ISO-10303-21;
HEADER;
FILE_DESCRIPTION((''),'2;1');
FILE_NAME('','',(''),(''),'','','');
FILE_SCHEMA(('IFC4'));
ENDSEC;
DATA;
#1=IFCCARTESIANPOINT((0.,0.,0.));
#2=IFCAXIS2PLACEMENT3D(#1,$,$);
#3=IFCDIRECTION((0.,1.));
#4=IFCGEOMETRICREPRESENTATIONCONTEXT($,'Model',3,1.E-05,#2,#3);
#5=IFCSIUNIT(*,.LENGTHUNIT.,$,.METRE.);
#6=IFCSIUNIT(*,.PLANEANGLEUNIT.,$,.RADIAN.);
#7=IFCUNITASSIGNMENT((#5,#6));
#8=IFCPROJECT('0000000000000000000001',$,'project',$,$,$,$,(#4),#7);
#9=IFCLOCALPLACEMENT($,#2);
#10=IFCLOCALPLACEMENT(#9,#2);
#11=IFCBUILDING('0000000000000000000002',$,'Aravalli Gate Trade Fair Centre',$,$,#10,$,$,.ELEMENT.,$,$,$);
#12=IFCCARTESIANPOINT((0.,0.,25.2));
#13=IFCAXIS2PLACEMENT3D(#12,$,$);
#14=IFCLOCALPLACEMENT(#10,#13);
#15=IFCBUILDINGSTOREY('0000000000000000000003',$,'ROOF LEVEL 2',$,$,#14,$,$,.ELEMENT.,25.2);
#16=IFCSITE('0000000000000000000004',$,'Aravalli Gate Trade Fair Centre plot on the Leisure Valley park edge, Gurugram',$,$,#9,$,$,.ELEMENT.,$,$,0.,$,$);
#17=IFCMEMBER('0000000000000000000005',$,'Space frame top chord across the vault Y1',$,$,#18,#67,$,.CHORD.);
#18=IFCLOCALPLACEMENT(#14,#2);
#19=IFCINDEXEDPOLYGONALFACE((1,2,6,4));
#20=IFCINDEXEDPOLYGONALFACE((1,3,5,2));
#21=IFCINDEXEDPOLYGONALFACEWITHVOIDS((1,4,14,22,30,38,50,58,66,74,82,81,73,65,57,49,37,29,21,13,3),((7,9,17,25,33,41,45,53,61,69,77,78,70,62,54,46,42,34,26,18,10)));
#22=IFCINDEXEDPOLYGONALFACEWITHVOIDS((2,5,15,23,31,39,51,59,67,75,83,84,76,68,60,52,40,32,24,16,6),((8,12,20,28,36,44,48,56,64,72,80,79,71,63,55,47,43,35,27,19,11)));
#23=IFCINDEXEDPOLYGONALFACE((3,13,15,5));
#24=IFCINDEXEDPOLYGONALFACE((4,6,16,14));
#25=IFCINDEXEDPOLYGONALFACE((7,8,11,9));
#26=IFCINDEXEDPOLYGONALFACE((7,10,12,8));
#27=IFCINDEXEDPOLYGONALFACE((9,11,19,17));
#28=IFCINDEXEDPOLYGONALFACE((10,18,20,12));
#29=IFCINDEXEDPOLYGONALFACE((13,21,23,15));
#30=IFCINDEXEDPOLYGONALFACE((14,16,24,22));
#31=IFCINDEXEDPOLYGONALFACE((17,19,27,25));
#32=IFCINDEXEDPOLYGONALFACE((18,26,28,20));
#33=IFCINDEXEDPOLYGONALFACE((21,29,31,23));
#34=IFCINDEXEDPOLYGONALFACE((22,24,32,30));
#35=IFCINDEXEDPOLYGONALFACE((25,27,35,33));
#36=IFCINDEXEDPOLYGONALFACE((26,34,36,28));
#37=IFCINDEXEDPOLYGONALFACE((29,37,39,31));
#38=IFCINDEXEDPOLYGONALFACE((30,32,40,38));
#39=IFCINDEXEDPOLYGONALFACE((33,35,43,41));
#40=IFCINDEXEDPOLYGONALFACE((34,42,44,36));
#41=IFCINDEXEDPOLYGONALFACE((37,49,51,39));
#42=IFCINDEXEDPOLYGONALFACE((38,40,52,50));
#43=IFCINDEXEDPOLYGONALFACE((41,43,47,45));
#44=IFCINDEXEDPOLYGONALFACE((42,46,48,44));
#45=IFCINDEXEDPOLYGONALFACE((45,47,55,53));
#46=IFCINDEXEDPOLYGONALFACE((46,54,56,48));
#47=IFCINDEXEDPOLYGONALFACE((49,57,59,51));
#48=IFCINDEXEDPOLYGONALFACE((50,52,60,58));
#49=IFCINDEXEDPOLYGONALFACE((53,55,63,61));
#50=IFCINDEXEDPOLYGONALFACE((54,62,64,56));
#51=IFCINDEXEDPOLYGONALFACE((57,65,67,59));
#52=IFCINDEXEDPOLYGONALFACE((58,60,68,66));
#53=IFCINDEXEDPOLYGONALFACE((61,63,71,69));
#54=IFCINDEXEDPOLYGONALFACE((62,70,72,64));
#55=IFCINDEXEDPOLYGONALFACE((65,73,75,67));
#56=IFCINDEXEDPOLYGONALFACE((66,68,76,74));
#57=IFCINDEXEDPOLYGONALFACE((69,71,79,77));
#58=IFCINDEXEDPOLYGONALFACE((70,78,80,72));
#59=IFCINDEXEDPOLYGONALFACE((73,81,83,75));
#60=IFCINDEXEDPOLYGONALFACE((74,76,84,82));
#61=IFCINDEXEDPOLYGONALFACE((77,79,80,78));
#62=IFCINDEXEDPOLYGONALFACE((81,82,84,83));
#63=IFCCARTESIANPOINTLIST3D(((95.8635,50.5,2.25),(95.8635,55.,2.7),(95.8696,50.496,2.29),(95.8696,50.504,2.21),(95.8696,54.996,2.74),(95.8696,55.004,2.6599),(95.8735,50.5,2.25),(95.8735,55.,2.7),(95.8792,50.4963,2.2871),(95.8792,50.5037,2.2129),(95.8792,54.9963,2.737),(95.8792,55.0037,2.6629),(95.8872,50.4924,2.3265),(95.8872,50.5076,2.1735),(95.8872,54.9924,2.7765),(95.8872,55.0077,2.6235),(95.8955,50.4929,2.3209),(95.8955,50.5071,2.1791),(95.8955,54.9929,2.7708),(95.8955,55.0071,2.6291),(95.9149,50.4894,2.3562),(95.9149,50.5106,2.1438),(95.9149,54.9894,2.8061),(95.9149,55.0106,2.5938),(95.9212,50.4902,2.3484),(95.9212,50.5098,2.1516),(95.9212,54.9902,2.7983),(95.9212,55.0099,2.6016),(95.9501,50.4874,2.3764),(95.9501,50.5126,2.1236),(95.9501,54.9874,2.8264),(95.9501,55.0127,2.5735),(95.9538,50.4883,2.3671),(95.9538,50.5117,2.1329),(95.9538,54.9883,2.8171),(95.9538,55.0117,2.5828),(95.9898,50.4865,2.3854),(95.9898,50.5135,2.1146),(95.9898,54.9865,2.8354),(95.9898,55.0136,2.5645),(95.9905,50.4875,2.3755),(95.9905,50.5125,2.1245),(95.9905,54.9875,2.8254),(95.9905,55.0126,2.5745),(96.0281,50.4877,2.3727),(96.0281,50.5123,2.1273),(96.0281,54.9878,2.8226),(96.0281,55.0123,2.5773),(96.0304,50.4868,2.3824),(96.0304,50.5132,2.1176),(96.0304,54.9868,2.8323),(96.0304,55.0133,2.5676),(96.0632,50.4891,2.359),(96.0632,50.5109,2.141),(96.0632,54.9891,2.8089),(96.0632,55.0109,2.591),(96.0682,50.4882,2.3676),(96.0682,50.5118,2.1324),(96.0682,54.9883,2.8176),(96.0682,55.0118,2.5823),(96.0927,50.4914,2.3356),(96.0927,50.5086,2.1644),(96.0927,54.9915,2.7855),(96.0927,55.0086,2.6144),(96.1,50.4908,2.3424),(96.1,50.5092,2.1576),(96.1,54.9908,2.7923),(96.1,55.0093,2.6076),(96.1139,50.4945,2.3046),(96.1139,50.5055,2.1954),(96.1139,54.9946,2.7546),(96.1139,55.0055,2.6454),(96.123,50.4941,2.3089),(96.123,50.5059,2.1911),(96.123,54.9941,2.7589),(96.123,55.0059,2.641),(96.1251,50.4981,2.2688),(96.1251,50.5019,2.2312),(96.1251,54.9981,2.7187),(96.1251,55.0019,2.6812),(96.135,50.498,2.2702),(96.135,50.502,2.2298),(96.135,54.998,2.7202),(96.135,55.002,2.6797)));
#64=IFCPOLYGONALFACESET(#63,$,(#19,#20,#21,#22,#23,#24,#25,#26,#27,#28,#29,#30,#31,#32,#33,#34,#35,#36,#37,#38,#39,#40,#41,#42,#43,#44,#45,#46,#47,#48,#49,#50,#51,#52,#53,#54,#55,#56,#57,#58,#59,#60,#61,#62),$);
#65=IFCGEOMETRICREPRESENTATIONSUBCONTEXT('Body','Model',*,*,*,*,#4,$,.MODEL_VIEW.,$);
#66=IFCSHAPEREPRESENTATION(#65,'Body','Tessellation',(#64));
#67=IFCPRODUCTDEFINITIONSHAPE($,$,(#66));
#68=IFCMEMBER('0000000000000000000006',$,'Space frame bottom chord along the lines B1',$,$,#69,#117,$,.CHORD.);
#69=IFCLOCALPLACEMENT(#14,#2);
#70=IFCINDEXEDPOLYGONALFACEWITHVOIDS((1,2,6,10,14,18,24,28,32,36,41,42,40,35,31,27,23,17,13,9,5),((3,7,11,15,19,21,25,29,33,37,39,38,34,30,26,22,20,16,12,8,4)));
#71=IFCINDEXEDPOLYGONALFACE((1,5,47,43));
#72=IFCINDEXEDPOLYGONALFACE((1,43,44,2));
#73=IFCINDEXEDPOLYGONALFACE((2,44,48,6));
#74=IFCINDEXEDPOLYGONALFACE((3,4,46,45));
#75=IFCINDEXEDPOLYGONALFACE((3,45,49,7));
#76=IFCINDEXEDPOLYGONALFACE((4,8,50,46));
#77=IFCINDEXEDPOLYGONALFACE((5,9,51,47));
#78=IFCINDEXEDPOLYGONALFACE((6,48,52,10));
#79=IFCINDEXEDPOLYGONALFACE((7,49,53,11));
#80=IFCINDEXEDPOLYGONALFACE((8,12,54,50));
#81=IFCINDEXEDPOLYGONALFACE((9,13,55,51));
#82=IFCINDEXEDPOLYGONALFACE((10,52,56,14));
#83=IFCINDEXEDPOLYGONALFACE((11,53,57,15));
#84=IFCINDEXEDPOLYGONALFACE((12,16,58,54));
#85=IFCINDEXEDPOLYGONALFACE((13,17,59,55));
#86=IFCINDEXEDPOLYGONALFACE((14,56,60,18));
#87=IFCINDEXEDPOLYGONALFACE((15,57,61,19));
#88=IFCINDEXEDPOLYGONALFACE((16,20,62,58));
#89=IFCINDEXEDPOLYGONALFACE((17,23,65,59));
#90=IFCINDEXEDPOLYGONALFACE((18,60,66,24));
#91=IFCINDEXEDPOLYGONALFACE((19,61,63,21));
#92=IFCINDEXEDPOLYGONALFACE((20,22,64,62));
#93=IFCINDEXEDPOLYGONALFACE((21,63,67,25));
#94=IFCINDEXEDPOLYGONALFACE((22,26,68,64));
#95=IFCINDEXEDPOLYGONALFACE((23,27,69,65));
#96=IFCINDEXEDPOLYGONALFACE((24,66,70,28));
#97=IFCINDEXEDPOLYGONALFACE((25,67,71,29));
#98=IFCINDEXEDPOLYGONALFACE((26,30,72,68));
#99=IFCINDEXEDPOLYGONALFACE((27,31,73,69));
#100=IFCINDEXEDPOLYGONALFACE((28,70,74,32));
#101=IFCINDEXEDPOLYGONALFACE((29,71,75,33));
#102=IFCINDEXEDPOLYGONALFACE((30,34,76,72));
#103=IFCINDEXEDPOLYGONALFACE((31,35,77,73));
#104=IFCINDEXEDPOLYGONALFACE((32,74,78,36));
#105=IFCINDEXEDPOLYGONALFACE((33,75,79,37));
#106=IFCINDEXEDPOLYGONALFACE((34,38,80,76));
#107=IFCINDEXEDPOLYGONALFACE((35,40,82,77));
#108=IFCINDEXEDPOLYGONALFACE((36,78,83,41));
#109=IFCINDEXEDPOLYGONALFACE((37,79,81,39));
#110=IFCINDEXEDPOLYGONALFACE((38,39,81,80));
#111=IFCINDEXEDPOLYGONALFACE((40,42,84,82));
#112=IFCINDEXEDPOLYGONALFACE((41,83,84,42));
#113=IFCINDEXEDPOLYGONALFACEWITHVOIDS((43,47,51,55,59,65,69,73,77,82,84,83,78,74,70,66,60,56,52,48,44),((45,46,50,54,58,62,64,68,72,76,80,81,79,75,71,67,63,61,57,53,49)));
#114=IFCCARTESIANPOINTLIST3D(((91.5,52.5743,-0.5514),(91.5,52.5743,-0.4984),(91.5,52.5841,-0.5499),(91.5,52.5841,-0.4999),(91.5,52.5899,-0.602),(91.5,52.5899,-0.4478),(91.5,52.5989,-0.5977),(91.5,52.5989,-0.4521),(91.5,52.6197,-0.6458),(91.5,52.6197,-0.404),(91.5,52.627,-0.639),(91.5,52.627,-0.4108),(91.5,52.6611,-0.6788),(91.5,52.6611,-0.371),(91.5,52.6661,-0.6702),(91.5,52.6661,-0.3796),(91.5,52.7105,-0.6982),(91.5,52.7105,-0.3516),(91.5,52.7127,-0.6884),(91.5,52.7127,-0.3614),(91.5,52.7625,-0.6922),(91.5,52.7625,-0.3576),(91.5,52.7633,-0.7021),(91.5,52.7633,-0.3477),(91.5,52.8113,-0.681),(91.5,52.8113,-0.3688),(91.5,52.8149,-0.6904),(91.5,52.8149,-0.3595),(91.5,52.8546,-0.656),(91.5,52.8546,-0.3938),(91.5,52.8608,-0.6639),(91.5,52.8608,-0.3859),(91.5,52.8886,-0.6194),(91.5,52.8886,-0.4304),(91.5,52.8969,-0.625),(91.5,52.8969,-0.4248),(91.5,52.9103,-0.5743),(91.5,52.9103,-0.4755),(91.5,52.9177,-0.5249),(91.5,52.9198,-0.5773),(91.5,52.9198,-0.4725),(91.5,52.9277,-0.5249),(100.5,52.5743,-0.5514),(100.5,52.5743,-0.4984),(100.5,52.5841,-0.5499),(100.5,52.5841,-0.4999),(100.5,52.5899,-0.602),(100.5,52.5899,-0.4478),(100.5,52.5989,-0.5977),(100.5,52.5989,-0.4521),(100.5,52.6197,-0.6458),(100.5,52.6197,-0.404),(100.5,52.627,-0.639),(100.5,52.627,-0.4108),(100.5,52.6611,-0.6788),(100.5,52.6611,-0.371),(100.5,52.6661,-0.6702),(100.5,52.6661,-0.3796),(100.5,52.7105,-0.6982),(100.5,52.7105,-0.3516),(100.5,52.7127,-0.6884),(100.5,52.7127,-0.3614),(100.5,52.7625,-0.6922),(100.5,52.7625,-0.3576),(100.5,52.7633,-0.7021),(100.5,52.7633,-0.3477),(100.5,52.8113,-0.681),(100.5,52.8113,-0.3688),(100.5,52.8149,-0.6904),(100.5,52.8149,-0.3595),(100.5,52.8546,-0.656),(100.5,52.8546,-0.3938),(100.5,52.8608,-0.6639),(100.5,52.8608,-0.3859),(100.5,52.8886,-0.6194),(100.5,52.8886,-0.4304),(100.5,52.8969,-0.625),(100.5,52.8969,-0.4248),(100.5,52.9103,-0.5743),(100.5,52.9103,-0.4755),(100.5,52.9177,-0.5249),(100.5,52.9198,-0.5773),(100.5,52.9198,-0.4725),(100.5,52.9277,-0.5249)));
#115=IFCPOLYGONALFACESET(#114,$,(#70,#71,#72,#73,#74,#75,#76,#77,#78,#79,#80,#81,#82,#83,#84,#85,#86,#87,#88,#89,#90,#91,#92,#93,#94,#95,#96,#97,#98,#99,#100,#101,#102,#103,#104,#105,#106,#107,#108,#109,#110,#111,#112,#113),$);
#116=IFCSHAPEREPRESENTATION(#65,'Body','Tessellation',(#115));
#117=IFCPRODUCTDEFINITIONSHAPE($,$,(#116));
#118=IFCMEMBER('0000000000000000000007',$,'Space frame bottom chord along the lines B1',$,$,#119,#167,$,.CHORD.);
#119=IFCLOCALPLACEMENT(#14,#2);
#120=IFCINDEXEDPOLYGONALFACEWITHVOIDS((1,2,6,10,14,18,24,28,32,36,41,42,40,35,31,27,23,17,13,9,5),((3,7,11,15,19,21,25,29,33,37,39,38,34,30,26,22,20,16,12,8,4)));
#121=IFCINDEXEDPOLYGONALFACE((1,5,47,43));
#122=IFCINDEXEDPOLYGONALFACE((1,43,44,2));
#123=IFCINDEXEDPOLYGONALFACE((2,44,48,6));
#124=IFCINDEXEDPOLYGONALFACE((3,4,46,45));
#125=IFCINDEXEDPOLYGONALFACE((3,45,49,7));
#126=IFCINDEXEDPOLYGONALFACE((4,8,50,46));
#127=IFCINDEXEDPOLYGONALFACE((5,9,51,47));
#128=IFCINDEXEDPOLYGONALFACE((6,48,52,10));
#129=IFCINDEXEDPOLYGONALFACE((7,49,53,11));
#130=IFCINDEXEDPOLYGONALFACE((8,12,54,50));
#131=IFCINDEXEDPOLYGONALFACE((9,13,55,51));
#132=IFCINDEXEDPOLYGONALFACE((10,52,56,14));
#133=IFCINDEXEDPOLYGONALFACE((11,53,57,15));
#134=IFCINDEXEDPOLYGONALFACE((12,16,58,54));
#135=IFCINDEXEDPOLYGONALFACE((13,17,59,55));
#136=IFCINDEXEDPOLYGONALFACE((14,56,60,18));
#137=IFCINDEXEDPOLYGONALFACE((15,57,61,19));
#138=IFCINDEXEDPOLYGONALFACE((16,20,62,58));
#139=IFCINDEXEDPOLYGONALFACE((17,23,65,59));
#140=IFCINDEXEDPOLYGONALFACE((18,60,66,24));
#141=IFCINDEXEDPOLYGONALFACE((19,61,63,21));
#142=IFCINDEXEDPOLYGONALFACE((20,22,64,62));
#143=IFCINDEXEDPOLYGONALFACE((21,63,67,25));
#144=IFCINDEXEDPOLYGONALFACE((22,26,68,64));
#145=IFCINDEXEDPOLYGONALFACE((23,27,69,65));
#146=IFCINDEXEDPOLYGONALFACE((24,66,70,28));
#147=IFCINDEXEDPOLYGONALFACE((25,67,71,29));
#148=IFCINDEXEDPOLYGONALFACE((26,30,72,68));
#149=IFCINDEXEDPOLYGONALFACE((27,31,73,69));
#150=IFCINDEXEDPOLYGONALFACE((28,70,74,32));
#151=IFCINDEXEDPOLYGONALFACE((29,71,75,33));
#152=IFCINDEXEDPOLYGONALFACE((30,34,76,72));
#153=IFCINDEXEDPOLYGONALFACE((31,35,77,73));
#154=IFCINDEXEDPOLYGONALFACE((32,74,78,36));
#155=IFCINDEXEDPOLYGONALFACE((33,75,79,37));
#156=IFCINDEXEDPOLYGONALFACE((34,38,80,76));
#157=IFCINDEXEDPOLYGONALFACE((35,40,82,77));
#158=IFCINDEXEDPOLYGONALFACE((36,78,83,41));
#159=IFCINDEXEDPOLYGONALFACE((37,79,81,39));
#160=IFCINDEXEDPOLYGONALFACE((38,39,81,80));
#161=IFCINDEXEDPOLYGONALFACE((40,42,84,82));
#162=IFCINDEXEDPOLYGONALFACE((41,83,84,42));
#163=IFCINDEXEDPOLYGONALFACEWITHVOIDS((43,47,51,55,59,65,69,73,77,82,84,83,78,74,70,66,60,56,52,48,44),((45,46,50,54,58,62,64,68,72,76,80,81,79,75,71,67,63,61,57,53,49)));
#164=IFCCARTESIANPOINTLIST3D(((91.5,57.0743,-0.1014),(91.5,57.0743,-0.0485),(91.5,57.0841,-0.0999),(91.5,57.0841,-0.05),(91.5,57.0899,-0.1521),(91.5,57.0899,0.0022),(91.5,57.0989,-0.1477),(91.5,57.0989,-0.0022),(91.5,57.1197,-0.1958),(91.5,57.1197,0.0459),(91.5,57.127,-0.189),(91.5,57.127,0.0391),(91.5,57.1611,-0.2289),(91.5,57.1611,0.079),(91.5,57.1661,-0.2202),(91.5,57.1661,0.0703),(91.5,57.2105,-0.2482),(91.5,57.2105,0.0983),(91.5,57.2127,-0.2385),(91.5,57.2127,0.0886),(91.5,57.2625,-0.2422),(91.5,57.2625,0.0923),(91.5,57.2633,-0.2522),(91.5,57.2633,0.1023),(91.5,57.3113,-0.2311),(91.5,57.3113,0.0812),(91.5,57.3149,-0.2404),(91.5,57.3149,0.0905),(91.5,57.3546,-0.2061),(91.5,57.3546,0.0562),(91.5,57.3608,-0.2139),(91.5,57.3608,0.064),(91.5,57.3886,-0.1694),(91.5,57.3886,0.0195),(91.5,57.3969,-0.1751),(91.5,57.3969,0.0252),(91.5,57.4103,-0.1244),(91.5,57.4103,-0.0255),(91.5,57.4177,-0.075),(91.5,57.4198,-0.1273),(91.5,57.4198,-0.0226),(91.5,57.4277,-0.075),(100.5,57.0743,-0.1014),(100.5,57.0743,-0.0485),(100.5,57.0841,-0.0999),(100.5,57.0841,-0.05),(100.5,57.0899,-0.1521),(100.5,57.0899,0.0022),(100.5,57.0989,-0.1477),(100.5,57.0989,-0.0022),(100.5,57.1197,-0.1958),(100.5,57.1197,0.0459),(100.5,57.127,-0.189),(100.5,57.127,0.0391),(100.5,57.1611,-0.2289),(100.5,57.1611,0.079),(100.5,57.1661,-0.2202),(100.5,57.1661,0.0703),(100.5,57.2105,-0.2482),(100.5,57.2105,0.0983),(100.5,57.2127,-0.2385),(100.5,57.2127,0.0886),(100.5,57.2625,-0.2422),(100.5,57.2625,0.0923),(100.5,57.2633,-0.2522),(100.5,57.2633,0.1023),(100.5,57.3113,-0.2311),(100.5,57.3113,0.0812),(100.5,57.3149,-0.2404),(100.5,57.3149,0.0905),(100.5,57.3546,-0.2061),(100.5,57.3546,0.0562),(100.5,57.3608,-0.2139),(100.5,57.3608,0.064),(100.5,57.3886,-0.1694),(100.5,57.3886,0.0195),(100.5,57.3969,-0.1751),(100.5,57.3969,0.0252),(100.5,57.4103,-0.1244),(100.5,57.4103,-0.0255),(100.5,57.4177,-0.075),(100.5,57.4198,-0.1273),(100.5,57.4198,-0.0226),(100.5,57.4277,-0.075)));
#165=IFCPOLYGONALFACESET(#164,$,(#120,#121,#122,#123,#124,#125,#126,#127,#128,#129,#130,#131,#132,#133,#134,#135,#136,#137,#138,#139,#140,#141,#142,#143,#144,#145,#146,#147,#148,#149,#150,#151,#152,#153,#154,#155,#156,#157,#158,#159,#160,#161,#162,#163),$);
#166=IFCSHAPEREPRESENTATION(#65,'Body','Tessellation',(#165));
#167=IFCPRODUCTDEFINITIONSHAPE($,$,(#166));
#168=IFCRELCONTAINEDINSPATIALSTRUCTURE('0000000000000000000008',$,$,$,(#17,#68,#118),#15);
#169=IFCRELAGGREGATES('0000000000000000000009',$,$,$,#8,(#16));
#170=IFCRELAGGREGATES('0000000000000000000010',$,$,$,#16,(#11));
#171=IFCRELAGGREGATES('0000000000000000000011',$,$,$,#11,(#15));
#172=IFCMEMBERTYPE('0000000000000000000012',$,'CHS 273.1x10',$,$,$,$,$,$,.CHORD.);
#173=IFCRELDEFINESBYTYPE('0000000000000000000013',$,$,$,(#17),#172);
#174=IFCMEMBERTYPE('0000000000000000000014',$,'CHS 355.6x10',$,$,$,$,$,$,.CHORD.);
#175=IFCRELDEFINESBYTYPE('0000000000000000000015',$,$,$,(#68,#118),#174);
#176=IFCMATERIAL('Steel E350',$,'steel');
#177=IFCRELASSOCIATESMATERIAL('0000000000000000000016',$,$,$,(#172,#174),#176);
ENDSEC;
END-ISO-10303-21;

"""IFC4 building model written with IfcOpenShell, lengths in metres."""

from ifc_helpers import new_model, si_unit, direction, frame, origin, origin_2d, place, context, subcontext, project, spatial, hollow_circle, extrude, material, material_profile, profile_set, type_object, element, save


model = new_model("IFC4")

# Units and contexts
model_context = context("Model", 3, precision=1e-05, world=origin(), true_north=direction((0.0, 1.0)))
body_context = subcontext(model_context, "Body", "Model", "MODEL_VIEW")
ifc_project = project(units=[si_unit("LENGTHUNIT", "METRE"), si_unit("PLANEANGLEUNIT", "RADIAN")], contexts=[model_context])

# Site, building, storey
site_placement = place(None, origin())
site = spatial("IfcSite", under=ifc_project, at=site_placement, Name="Aravalli Gate Trade Fair Centre plot on the Leisure Valley park edge, Gurugram", CompositionType="ELEMENT", RefElevation=0.0)
building_placement = place(site_placement, origin())
building = spatial("IfcBuilding", under=site, at=building_placement, Name="Aravalli Gate Trade Fair Centre", CompositionType="ELEMENT")
storey_placement = place(building_placement, frame((0.0, 0.0, 25.2)))
storey = spatial("IfcBuildingStorey", under=building, at=storey_placement, Name="ROOF LEVEL 2", CompositionType="ELEMENT", Elevation=25.2)

# Members
ifc_material = material(Name="Steel E350", Category="steel")
ifc_material_profile_1 = material_profile(ifc_material, hollow_circle(Radius=0.1365, WallThickness=0.01, at=origin_2d()), Name="CHS 273.1x10")
ifc_profile_set_1 = profile_set([ifc_material_profile_1], Name="Steel E350")
member_type_1 = type_object("IfcMemberType", Name="CHS 273.1x10", PredefinedType="CHORD", material=ifc_profile_set_1)
member_1_placement = place(storey_placement, frame((96.0, 50.5, 2.25), z_axis=(0.0, 0.995038, 0.099493), x_axis=(-1.0, 0.0, 0.0)))
element("IfcMember", 1, at=member_1_placement, inside=storey, type_object=member_type_1, Name="Space frame top chord across the vault Y1", PredefinedType="CHORD", context=body_context, shape_type="SweptSolid", body=[
    extrude(hollow_circle(Radius=0.1365, WallThickness=0.01, at=origin_2d()), origin(), (0.0, 0.0, 1.0), 4.5225),
])
ifc_material_profile_2 = material_profile(ifc_material, hollow_circle(Radius=0.1777, WallThickness=0.01, at=origin_2d()), Name="CHS 355.6x10")
ifc_profile_set_2 = profile_set([ifc_material_profile_2], Name="Steel E350")
member_type_2 = type_object("IfcMemberType", Name="CHS 355.6x10", PredefinedType="CHORD", material=ifc_profile_set_2)
for number, where, z_axis, x_axis, name in (
    (2, (91.5, 52.75, -0.5249), (1.0, 0.0, 0.0), (0.0, 1.0, 0.0), "Space frame bottom chord along the lines B1"),
    (3, (91.5, 57.25, -0.075), (1.0, 0.0, 0.0), (0.0, 1.0, 0.0), "Space frame bottom chord along the lines B1"),
):
    element("IfcMember", number, at=place(storey_placement, frame(where, z_axis=z_axis, x_axis=x_axis)), inside=storey, type_object=member_type_2, Name=name, PredefinedType="CHORD", context=body_context, shape_type="SweptSolid", body=[
        extrude(hollow_circle(Radius=0.1777, WallThickness=0.01, at=origin_2d()), origin(), (0.0, 0.0, 1.0), 9.0),
    ])

save(model, "model.ifc")
